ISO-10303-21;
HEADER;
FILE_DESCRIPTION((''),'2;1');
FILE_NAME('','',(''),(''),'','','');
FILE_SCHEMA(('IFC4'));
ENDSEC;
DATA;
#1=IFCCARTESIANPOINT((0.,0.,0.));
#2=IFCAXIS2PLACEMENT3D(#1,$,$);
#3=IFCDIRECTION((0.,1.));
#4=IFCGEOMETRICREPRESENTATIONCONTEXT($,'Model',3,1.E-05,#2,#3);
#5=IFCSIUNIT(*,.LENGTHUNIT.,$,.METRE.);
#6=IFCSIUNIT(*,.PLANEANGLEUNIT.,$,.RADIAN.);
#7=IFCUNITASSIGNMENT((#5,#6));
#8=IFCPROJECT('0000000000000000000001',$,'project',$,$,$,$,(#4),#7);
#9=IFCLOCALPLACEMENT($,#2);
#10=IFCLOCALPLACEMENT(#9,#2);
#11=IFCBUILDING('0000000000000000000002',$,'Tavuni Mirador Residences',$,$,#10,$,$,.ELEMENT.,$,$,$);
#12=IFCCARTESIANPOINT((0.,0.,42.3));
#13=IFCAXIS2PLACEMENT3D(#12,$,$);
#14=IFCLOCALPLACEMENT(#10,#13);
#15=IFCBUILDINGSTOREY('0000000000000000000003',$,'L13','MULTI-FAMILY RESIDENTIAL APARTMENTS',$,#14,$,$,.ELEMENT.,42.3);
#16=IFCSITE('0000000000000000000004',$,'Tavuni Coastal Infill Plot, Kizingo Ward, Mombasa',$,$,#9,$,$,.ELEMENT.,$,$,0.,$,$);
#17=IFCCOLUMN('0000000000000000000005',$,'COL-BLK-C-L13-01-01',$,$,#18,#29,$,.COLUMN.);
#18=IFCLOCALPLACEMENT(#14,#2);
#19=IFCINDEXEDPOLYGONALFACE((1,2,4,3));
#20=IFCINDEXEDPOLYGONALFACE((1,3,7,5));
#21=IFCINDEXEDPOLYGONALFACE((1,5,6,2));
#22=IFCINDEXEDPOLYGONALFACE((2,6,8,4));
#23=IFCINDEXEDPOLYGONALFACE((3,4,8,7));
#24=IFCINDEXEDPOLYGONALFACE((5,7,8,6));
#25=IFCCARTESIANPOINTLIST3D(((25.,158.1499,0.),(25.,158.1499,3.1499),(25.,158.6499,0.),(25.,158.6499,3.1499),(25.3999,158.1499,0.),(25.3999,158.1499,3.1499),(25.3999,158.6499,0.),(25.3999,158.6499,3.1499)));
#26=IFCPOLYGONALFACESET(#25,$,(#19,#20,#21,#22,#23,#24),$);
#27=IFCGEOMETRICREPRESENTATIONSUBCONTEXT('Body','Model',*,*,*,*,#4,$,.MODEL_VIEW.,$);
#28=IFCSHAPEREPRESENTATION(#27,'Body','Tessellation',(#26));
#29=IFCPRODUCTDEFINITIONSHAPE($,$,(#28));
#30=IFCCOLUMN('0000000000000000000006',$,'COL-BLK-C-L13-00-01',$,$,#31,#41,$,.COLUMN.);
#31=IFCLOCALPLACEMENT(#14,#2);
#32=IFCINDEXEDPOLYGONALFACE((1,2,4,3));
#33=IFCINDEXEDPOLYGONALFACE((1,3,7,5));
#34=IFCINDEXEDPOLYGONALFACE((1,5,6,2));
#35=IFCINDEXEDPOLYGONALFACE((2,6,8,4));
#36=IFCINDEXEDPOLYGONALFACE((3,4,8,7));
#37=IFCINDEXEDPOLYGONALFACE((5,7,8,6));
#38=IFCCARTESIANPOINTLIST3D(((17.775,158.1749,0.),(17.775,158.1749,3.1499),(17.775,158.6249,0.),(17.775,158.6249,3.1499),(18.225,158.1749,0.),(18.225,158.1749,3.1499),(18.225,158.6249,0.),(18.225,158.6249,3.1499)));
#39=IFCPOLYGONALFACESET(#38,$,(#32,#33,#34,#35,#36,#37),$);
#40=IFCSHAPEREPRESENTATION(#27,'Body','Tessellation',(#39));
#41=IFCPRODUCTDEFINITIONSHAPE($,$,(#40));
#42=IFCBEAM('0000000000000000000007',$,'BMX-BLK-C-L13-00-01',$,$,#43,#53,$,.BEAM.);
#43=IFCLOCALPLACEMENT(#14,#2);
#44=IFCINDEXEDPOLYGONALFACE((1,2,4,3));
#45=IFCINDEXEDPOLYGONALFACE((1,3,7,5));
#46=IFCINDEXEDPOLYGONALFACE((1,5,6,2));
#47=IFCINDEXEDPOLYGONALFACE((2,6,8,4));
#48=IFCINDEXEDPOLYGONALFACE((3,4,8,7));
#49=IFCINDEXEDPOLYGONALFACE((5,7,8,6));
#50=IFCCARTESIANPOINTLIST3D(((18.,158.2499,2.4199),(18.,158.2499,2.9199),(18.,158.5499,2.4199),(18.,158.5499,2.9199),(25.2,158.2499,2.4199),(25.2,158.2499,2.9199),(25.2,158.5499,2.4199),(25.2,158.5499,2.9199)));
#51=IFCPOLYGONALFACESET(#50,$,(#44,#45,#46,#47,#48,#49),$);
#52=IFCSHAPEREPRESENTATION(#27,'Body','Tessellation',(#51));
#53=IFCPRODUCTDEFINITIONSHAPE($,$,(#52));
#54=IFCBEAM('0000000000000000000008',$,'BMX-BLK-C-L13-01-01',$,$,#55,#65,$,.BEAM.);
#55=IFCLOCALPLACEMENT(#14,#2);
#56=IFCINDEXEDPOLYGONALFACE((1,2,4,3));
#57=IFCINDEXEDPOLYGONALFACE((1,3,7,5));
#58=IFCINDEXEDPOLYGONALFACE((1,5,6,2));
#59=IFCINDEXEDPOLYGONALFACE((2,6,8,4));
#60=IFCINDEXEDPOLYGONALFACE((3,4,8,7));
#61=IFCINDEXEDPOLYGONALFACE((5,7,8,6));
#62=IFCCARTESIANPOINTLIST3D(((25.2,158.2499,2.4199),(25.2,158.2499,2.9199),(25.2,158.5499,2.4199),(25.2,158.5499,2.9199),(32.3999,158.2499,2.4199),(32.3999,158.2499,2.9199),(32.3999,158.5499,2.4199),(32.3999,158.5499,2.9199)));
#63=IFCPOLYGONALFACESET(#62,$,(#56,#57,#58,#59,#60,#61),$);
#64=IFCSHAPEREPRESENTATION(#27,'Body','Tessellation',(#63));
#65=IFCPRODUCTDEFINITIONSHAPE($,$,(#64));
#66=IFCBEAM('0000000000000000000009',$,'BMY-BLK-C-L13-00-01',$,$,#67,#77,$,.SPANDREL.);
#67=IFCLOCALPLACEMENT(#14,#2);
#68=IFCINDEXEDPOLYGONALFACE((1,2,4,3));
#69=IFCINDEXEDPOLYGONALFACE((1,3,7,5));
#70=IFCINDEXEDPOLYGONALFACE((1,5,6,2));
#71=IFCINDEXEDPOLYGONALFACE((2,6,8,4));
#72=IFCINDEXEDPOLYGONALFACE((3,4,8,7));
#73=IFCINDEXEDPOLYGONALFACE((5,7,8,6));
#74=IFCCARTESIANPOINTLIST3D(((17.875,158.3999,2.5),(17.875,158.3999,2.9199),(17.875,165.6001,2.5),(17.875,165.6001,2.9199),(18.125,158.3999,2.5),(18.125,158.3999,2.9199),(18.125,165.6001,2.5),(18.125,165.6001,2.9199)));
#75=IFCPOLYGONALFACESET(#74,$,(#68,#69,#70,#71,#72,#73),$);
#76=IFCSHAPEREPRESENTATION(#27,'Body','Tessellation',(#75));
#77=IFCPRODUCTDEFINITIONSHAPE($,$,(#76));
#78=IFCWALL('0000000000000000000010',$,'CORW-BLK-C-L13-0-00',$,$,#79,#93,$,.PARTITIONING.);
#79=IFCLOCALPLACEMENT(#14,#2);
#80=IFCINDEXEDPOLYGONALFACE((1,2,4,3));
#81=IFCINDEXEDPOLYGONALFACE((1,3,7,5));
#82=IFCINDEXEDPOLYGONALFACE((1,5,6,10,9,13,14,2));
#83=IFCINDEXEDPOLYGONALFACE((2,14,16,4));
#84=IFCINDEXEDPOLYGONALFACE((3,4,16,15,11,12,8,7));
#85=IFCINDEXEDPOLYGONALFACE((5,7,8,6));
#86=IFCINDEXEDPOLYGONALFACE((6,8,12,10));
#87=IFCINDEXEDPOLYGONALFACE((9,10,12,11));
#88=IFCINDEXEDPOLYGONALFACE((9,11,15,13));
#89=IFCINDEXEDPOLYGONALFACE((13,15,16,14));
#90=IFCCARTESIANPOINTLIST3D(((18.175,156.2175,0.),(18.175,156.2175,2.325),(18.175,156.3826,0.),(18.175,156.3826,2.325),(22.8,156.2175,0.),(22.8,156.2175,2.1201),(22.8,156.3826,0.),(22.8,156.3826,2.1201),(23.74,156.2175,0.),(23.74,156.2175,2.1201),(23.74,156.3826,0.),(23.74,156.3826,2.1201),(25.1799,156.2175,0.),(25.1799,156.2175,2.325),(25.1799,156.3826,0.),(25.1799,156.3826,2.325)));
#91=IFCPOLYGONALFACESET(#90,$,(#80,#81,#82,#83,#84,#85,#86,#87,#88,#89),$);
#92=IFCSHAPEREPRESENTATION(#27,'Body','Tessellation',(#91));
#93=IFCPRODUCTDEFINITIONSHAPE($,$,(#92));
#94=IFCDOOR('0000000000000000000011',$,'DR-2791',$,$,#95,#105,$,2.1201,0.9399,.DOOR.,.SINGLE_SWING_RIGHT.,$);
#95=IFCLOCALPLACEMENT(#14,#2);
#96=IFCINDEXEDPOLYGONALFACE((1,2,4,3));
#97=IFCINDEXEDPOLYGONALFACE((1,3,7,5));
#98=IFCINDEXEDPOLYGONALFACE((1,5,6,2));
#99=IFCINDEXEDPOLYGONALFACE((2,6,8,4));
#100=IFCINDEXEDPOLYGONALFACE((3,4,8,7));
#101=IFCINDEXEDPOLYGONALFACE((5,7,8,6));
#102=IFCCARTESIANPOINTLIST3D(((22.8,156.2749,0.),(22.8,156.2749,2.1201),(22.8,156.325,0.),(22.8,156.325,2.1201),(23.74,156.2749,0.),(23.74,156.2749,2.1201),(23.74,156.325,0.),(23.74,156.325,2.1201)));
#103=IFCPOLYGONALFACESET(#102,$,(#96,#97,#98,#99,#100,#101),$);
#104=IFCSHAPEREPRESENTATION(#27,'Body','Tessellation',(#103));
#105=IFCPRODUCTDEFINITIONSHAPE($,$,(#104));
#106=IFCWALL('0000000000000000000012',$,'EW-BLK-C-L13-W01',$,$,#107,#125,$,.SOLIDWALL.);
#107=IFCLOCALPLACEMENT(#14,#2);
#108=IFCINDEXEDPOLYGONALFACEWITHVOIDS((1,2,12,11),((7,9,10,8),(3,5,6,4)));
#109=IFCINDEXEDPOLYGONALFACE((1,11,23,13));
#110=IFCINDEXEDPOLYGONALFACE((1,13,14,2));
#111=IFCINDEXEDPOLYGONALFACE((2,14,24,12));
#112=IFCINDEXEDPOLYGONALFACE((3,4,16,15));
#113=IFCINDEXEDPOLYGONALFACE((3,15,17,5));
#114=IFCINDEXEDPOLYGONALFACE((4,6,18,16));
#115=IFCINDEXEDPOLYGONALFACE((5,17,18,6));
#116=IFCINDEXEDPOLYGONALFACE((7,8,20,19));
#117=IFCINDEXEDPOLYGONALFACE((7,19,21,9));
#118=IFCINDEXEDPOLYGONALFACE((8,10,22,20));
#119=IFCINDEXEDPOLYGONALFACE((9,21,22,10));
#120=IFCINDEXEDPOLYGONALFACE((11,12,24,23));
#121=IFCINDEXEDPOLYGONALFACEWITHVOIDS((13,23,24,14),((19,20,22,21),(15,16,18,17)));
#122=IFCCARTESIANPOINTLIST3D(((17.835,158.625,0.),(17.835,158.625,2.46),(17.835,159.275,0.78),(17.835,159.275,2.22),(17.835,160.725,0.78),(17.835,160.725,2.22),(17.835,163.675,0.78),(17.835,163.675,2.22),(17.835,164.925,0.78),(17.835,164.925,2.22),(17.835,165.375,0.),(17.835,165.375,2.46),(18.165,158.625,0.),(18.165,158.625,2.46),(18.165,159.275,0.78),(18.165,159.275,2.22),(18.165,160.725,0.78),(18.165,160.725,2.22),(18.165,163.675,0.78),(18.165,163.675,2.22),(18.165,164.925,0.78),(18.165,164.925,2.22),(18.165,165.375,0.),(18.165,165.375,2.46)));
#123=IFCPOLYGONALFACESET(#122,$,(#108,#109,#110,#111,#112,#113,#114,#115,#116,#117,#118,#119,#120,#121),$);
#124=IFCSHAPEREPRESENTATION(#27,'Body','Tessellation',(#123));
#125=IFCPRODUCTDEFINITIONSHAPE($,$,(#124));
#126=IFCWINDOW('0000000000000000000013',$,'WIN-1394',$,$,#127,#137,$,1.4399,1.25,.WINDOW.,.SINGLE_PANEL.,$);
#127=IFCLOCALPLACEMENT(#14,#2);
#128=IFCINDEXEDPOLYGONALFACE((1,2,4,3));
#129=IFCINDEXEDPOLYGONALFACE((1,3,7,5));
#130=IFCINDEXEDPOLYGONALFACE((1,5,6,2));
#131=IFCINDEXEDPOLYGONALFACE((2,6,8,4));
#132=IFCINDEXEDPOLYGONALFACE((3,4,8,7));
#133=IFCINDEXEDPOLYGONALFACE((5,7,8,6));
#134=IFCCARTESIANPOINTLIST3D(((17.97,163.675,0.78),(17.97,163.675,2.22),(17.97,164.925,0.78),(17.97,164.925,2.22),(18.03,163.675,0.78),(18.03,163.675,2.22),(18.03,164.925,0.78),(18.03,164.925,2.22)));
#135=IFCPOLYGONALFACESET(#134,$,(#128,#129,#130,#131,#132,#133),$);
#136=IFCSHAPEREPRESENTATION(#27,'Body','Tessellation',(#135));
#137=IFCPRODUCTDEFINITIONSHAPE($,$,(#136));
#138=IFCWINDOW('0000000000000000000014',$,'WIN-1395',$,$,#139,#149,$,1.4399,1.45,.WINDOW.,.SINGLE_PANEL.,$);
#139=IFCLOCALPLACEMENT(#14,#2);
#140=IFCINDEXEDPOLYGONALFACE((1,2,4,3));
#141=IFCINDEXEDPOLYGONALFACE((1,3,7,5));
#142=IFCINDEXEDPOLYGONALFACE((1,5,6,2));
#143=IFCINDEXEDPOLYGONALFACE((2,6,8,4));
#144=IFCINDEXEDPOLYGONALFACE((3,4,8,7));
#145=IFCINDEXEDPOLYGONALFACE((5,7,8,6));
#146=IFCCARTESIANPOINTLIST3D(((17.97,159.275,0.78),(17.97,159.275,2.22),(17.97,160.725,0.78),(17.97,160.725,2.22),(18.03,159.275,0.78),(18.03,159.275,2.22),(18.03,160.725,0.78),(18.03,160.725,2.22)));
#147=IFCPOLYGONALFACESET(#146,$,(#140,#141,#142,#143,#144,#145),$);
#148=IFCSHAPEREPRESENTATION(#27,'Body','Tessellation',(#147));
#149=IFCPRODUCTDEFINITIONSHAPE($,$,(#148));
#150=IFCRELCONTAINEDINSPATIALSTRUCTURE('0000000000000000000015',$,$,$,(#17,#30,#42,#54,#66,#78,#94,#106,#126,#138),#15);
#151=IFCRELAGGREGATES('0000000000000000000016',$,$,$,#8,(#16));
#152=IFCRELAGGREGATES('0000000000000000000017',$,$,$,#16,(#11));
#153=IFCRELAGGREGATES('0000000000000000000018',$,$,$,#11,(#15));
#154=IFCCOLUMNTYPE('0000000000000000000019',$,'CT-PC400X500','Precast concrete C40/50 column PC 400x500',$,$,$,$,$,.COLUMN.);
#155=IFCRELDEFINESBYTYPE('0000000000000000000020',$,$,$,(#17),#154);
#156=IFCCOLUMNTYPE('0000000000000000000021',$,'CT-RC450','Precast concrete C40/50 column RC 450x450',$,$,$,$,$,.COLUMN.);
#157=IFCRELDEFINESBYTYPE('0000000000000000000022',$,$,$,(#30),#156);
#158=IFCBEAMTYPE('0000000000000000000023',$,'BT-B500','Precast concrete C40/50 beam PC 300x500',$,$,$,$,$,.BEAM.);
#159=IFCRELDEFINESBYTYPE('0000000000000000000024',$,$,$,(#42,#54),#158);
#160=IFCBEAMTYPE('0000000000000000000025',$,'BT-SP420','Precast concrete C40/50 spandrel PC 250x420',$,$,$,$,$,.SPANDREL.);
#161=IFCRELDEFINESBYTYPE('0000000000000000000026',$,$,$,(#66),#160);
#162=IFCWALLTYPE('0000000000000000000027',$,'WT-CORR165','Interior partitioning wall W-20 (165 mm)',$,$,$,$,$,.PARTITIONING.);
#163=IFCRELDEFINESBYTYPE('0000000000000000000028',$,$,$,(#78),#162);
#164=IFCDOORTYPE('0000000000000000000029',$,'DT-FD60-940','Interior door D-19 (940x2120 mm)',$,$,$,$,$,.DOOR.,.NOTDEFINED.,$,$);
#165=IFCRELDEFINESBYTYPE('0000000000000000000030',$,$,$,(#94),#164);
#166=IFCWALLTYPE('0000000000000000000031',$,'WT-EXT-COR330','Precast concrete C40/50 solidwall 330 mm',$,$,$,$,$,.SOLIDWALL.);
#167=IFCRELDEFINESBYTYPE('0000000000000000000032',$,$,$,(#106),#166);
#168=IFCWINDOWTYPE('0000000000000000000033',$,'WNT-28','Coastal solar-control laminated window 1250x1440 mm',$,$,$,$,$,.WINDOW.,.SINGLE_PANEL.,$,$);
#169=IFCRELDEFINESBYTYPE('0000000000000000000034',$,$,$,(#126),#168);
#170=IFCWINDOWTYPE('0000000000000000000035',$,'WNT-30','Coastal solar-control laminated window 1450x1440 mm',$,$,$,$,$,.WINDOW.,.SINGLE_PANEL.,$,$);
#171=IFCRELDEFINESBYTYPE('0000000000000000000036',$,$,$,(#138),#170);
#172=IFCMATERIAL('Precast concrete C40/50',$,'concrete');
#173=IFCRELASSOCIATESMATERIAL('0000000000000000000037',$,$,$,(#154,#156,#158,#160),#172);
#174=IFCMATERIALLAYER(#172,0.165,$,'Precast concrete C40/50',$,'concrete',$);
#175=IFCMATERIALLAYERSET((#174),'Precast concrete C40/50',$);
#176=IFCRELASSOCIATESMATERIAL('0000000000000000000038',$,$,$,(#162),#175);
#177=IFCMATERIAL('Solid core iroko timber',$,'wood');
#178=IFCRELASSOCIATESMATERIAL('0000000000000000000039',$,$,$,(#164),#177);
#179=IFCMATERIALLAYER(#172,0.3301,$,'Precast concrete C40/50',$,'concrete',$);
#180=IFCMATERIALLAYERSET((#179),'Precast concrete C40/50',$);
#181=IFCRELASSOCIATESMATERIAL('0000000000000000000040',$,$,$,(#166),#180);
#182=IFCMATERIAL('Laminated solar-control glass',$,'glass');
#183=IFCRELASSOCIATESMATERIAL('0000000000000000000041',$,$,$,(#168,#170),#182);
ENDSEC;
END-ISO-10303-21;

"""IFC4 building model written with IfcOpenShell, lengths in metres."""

from ifc_helpers import new_model, si_unit, direction, frame, frame_2d, origin, origin_2d, place, context, subcontext, project, spatial, rectangle, extrude, material, layer, layer_set, material_profile, profile_set, type_object, element, fill, save


model = new_model("IFC4")

# Units and contexts
model_context = context("Model", 3, precision=1e-05, world=origin(), true_north=direction((0.0, 1.0)))
body_context = subcontext(model_context, "Body", "Model", "MODEL_VIEW")
ifc_project = project(units=[si_unit("LENGTHUNIT", "METRE"), si_unit("PLANEANGLEUNIT", "RADIAN")], contexts=[model_context])

# Site, building, storey
site_placement = place(None, origin())
site = spatial("IfcSite", under=ifc_project, at=site_placement, Name="Tavuni Coastal Infill Plot, Kizingo Ward, Mombasa", CompositionType="ELEMENT", RefElevation=0.0)
building_placement = place(site_placement, origin())
building = spatial("IfcBuilding", under=site, at=building_placement, Name="Tavuni Mirador Residences", CompositionType="ELEMENT")
storey_placement = place(building_placement, frame((0.0, 0.0, 42.3)))
storey = spatial("IfcBuildingStorey", under=building, at=storey_placement, Name="L13", Description="MULTI-FAMILY RESIDENTIAL APARTMENTS", CompositionType="ELEMENT", Elevation=42.3)

# Columns
ifc_material_1 = material(Name="Precast concrete C40/50", Category="concrete")
ifc_material_profile_1 = material_profile(ifc_material_1, rectangle(XDim=0.3999, YDim=0.5, at=origin_2d()), Name="PC 400x500", Category="concrete")
ifc_profile_set_1 = profile_set([ifc_material_profile_1], Name="Precast concrete C40/50")
column_type_1 = type_object("IfcColumnType", Name="CT-PC400X500", Description="Precast concrete C40/50 column PC 400x500", PredefinedType="COLUMN", material=ifc_profile_set_1)
column_1_placement = place(storey_placement, frame((25.2, 158.3999, 0.0), z_axis=(0.0, 0.0, 1.0), x_axis=(1.0, 0.0, 0.0)))
element("IfcColumn", 1, at=column_1_placement, inside=storey, type_object=column_type_1, Name="COL-BLK-C-L13-01-01", PredefinedType="COLUMN", context=body_context, shape_type="SweptSolid", body=[
    extrude(rectangle(XDim=0.3999, YDim=0.5, at=origin_2d()), origin(), (0.0, 0.0, 1.0), 3.1499),
])
ifc_material_profile_2 = material_profile(ifc_material_1, rectangle(XDim=0.45, YDim=0.45, at=origin_2d()), Name="RC 450x450", Category="concrete")
ifc_profile_set_2 = profile_set([ifc_material_profile_2], Name="Precast concrete C40/50")
column_type_2 = type_object("IfcColumnType", Name="CT-RC450", Description="Precast concrete C40/50 column RC 450x450", PredefinedType="COLUMN", material=ifc_profile_set_2)
column_2_placement = place(storey_placement, frame((18.0, 158.3999, 0.0), z_axis=(0.0, 0.0, 1.0), x_axis=(1.0, 0.0, 0.0)))
element("IfcColumn", 2, at=column_2_placement, inside=storey, type_object=column_type_2, Name="COL-BLK-C-L13-00-01", PredefinedType="COLUMN", context=body_context, shape_type="SweptSolid", body=[
    extrude(rectangle(XDim=0.45, YDim=0.45, at=origin_2d()), origin(), (0.0, 0.0, 1.0), 3.1499),
])

# Beams
ifc_material_profile_3 = material_profile(ifc_material_1, rectangle(XDim=0.3, YDim=0.5, at=origin_2d()), Name="PC 300x500", Category="concrete")
ifc_profile_set_3 = profile_set([ifc_material_profile_3], Name="Precast concrete C40/50")
beam_type_1 = type_object("IfcBeamType", Name="BT-B500", Description="Precast concrete C40/50 beam PC 300x500", PredefinedType="BEAM", material=ifc_profile_set_3)
for number, where, z_axis, x_axis, name in (
    (3, (18.0, 158.3999, 2.6699), (1.0, 0.0, 0.0), (0.0, 1.0, 0.0), "BMX-BLK-C-L13-00-01"),
    (4, (25.2, 158.3999, 2.6699), (1.0, 0.0, 0.0), (0.0, 1.0, 0.0), "BMX-BLK-C-L13-01-01"),
):
    element("IfcBeam", number, at=place(storey_placement, frame(where, z_axis=z_axis, x_axis=x_axis)), inside=storey, type_object=beam_type_1, Name=name, PredefinedType="BEAM", context=body_context, shape_type="SweptSolid", body=[
        extrude(rectangle(XDim=0.3, YDim=0.5, at=origin_2d()), origin(), (0.0, 0.0, 1.0), 7.2),
    ])
ifc_material_profile_4 = material_profile(ifc_material_1, rectangle(XDim=0.25, YDim=0.4199, at=origin_2d()), Name="PC 250x420", Category="concrete")
ifc_profile_set_4 = profile_set([ifc_material_profile_4], Name="Precast concrete C40/50")
beam_type_2 = type_object("IfcBeamType", Name="BT-SP420", Description="Precast concrete C40/50 spandrel PC 250x420", PredefinedType="SPANDREL", material=ifc_profile_set_4)
beam_placement = place(storey_placement, frame((18.0, 158.3999, 2.71), z_axis=(0.0, 1.0, 0.0), x_axis=(-1.0, 0.0, 0.0)))
element("IfcBeam", 5, at=beam_placement, inside=storey, type_object=beam_type_2, Name="BMY-BLK-C-L13-00-01", PredefinedType="SPANDREL", context=body_context, shape_type="SweptSolid", body=[
    extrude(rectangle(XDim=0.25, YDim=0.4199, at=origin_2d()), origin(), (0.0, 0.0, 1.0), 7.2002),
])

# Wall, opening, door
ifc_layer_1 = layer(ifc_material_1, 0.165, Name="Precast concrete C40/50", Category="concrete")
ifc_layer_set_1 = layer_set([ifc_layer_1], Name="Precast concrete C40/50")
wall_type_1 = type_object("IfcWallType", Name="WT-CORR165", Description="Interior partitioning wall W-20 (165 mm)", PredefinedType="PARTITIONING", material=ifc_layer_set_1)
wall_1_placement = place(storey_placement, frame((18.175, 156.3, 0.0), z_axis=(0.0, 0.0, 1.0), x_axis=(1.0, 0.0, 0.0)))
wall_1 = element("IfcWall", 6, at=wall_1_placement, inside=storey, type_object=wall_type_1, Name="CORW-BLK-C-L13-0-00", PredefinedType="PARTITIONING", context=body_context, shape_type="SweptSolid", body=[
    extrude(rectangle(XDim=7.0049, YDim=0.165, at=frame_2d((3.5024, 0.0))), origin(), (0.0, 0.0, 1.0), 2.325),
])
opening_1_placement = place(wall_1_placement, frame((4.625, 0.0, 0.0)))
opening_1 = element("IfcOpeningElement", 7, at=opening_1_placement, cuts=wall_1, PredefinedType="OPENING", context=body_context, shape_type="SweptSolid", body=[
    extrude(rectangle(XDim=0.9399, YDim=2.1201, at=frame_2d((0.47, 1.0601))), frame((0.0, 0.0925, 0.0), z_axis=(0.0, -1.0, 0.0), x_axis=(1.0, 0.0, 0.0)), (0.0, 0.0, 1.0), 0.1851),
])
ifc_material_2 = material(Name="Solid core iroko timber", Category="wood")
door_type_1 = type_object("IfcDoorType", Name="DT-FD60-940", Description="Interior door D-19 (940x2120 mm)", OperationType="NOTDEFINED", PredefinedType="DOOR", material=ifc_material_2)
door_1_placement = place(opening_1_placement, origin())
door_1 = element("IfcDoor", 8, at=door_1_placement, inside=storey, type_object=door_type_1, Name="DR-2791", OperationType="SINGLE_SWING_RIGHT", OverallHeight=2.1201, OverallWidth=0.9399, PredefinedType="DOOR", context=body_context, shape_type="SweptSolid", body=[
    extrude(rectangle(XDim=0.9399, YDim=2.1201, at=frame_2d((0.47, 1.0601))), frame((0.0, 0.0249, 0.0), z_axis=(0.0, -1.0, 0.0), x_axis=(1.0, 0.0, 0.0)), (0.0, 0.0, 1.0), 0.05),
])
fill(opening_1, door_1)

# Wall, openings, windows
ifc_layer_2 = layer(ifc_material_1, 0.3301, Name="Precast concrete C40/50", Category="concrete")
ifc_layer_set_2 = layer_set([ifc_layer_2], Name="Precast concrete C40/50")
wall_type_2 = type_object("IfcWallType", Name="WT-EXT-COR330", Description="Precast concrete C40/50 solidwall 330 mm", PredefinedType="SOLIDWALL", material=ifc_layer_set_2)
wall_2_placement = place(storey_placement, frame((18.0, 165.375, 0.0), z_axis=(0.0, 0.0, 1.0), x_axis=(0.0, -1.0, 0.0)))
wall_2 = element("IfcWall", 9, at=wall_2_placement, inside=storey, type_object=wall_type_2, Name="EW-BLK-C-L13-W01", PredefinedType="SOLIDWALL", context=body_context, shape_type="SweptSolid", body=[
    extrude(rectangle(XDim=6.75, YDim=0.3301, at=frame_2d((3.375, 0.0))), origin(), (0.0, 0.0, 1.0), 2.46),
])
opening_2_placement = place(wall_2_placement, frame((0.45, 0.0, 0.78)))
opening_2 = element("IfcOpeningElement", 10, at=opening_2_placement, cuts=wall_2, PredefinedType="OPENING", context=body_context, shape_type="SweptSolid", body=[
    extrude(rectangle(XDim=1.25, YDim=1.4399, at=frame_2d((0.625, 0.72))), frame((0.0, 0.175, 0.0), z_axis=(0.0, -1.0, 0.0), x_axis=(1.0, 0.0, 0.0)), (0.0, 0.0, 1.0), 0.3501),
])
opening_3_placement = place(wall_2_placement, frame((4.6499, 0.0, 0.78)))
opening_3 = element("IfcOpeningElement", 11, at=opening_3_placement, cuts=wall_2, PredefinedType="OPENING", context=body_context, shape_type="SweptSolid", body=[
    extrude(rectangle(XDim=1.45, YDim=1.4399, at=frame_2d((0.7251, 0.72))), frame((0.0, 0.175, 0.0), z_axis=(0.0, -1.0, 0.0), x_axis=(1.0, 0.0, 0.0)), (0.0, 0.0, 1.0), 0.3501),
])
ifc_material_3 = material(Name="Laminated solar-control glass", Category="glass")
window_type_1 = type_object("IfcWindowType", Name="WNT-28", Description="Coastal solar-control laminated window 1250x1440 mm", PartitioningType="SINGLE_PANEL", PredefinedType="WINDOW", material=ifc_material_3)
window_1_placement = place(opening_2_placement, origin())
window_1 = element("IfcWindow", 12, at=window_1_placement, inside=storey, type_object=window_type_1, Name="WIN-1394", OverallHeight=1.4399, OverallWidth=1.25, PartitioningType="SINGLE_PANEL", PredefinedType="WINDOW", context=body_context, shape_type="SweptSolid", body=[
    extrude(rectangle(XDim=1.25, YDim=1.4399, at=frame_2d((0.625, 0.72))), frame((0.0, 0.03, 0.0), z_axis=(0.0, -1.0, 0.0), x_axis=(1.0, 0.0, 0.0)), (0.0, 0.0, 1.0), 0.0601),
])
fill(opening_2, window_1)
window_type_2 = type_object("IfcWindowType", Name="WNT-30", Description="Coastal solar-control laminated window 1450x1440 mm", PartitioningType="SINGLE_PANEL", PredefinedType="WINDOW", material=ifc_material_3)
window_2_placement = place(opening_3_placement, origin())
window_2 = element("IfcWindow", 13, at=window_2_placement, inside=storey, type_object=window_type_2, Name="WIN-1395", OverallHeight=1.4399, OverallWidth=1.45, PartitioningType="SINGLE_PANEL", PredefinedType="WINDOW", context=body_context, shape_type="SweptSolid", body=[
    extrude(rectangle(XDim=1.45, YDim=1.4399, at=frame_2d((0.7251, 0.72))), frame((0.0, 0.03, 0.0), z_axis=(0.0, -1.0, 0.0), x_axis=(1.0, 0.0, 0.0)), (0.0, 0.0, 1.0), 0.0601),
])
fill(opening_3, window_2)

save(model, "model.ifc")
